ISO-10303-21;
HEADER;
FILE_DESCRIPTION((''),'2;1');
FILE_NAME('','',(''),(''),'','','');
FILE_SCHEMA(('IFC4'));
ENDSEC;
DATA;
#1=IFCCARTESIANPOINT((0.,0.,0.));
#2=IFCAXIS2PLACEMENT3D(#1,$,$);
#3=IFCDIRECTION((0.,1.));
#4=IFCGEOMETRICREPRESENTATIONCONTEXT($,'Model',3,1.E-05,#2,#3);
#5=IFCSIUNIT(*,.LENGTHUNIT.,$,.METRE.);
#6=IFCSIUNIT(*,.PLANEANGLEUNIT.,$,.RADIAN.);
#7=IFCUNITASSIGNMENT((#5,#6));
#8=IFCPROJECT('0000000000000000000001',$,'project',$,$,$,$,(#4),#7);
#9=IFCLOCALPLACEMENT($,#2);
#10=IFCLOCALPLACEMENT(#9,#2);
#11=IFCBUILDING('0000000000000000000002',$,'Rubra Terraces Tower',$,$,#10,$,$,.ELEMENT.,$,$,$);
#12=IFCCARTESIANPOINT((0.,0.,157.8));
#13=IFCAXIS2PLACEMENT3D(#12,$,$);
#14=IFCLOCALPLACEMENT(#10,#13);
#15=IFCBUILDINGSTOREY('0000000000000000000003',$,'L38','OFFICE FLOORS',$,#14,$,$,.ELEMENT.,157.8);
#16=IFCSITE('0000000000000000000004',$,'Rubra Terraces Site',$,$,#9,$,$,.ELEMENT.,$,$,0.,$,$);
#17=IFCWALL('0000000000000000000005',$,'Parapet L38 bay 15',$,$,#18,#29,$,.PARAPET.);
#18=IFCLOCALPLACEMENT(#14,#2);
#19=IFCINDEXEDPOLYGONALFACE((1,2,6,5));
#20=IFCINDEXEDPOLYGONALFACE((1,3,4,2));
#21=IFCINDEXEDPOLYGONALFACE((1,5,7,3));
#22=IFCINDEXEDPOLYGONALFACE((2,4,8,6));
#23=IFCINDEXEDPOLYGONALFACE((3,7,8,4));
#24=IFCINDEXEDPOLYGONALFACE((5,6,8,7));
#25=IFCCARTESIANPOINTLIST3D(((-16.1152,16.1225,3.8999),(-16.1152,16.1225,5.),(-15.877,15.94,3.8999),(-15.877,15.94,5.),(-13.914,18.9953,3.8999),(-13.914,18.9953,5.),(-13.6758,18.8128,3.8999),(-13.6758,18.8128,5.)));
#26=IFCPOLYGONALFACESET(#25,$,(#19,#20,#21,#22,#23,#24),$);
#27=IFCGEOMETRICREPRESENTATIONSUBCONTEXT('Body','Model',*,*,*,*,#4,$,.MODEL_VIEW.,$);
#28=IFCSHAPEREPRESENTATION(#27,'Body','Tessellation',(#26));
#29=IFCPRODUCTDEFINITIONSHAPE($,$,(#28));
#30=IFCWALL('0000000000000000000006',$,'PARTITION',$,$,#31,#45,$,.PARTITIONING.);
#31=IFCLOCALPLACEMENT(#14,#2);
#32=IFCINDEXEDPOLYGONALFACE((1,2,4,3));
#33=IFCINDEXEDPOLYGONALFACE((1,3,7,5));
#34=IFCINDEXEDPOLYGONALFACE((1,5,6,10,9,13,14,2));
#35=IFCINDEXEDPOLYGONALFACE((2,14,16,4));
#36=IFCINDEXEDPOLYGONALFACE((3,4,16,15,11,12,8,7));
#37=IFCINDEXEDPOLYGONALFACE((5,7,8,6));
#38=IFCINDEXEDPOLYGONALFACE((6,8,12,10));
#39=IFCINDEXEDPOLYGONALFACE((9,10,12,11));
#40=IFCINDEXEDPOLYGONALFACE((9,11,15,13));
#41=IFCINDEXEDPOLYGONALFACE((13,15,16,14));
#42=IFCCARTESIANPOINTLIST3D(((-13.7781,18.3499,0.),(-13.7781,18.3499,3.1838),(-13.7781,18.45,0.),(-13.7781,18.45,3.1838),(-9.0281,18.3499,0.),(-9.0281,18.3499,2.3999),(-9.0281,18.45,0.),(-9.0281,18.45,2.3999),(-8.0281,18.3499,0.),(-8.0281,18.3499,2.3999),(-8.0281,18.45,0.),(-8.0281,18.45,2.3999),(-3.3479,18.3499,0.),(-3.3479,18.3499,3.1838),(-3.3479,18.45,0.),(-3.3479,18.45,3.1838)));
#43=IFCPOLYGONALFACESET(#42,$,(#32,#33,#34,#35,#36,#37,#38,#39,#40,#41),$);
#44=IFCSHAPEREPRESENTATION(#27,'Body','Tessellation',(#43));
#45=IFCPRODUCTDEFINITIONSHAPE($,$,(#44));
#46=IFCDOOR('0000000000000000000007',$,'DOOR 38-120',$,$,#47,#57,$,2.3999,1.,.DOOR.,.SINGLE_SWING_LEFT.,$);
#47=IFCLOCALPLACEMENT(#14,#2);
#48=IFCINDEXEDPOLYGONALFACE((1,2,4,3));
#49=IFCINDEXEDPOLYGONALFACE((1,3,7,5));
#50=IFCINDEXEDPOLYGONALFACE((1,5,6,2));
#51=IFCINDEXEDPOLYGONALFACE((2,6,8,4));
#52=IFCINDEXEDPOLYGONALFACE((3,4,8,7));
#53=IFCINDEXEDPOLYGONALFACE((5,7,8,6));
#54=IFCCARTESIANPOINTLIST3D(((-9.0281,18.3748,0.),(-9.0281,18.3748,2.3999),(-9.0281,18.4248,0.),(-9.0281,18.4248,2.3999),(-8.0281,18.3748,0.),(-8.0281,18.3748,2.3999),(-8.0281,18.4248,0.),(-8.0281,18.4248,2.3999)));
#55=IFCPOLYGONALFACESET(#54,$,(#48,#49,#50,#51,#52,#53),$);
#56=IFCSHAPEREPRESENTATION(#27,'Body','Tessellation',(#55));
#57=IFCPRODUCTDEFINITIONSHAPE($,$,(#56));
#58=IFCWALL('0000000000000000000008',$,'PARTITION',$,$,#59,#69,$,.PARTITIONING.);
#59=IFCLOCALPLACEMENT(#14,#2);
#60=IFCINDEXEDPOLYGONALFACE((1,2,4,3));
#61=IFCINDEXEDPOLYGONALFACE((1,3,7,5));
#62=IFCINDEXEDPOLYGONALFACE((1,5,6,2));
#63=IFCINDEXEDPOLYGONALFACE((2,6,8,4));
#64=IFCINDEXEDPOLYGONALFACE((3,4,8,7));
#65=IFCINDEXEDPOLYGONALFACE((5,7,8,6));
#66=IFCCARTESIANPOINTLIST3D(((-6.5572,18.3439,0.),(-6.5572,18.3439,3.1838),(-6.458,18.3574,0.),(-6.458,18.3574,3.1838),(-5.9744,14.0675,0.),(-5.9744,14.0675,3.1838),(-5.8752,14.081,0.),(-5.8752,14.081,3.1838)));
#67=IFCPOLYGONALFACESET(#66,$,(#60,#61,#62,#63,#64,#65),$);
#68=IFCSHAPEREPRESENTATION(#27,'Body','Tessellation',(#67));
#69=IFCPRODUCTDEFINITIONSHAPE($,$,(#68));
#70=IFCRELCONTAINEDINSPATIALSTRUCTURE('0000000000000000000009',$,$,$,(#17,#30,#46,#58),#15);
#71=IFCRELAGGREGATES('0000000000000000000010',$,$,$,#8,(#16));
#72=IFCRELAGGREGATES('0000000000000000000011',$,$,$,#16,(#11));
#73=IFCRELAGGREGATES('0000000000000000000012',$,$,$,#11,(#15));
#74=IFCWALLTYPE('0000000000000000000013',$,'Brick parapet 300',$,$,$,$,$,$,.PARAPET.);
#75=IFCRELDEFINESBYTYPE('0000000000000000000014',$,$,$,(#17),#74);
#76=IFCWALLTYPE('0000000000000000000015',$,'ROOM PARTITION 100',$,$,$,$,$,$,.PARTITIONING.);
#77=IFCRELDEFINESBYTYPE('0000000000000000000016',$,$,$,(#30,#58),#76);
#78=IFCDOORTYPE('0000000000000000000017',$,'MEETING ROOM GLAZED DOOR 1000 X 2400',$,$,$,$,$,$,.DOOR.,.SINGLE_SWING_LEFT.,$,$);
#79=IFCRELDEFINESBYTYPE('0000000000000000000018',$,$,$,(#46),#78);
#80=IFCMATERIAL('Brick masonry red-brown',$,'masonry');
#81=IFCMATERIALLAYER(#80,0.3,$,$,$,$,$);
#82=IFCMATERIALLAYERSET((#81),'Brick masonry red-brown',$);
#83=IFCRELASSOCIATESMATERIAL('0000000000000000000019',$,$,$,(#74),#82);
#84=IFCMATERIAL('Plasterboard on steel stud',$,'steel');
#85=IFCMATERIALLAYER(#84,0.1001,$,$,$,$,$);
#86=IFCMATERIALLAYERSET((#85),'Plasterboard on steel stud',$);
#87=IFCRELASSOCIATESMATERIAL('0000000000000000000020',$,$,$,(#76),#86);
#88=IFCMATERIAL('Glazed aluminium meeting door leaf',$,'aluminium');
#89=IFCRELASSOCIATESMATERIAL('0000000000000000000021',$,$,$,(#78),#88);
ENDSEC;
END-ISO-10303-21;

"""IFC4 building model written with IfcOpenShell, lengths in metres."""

from ifc_helpers import new_model, si_unit, direction, frame, frame_2d, origin, place, context, subcontext, project, spatial, rectangle, extrude, material, layer, layer_set, type_object, element, fill, save


model = new_model("IFC4")

# Units and contexts
model_context = context("Model", 3, precision=1e-05, world=origin(), true_north=direction((0.0, 1.0)))
body_context = subcontext(model_context, "Body", "Model", "MODEL_VIEW")
ifc_project = project(units=[si_unit("LENGTHUNIT", "METRE"), si_unit("PLANEANGLEUNIT", "RADIAN")], contexts=[model_context])

# Site, building, storey
site_placement = place(None, origin())
site = spatial("IfcSite", under=ifc_project, at=site_placement, Name="Rubra Terraces Site", CompositionType="ELEMENT", RefElevation=0.0)
building_placement = place(site_placement, origin())
building = spatial("IfcBuilding", under=site, at=building_placement, Name="Rubra Terraces Tower", CompositionType="ELEMENT")
storey_placement = place(building_placement, frame((0.0, 0.0, 157.8)))
storey = spatial("IfcBuildingStorey", under=building, at=storey_placement, Name="L38", Description="OFFICE FLOORS", CompositionType="ELEMENT", Elevation=157.8)

# Shared definitions
ifc_material_1 = material(Name="Brick masonry red-brown", Category="masonry")

# Wall
ifc_layer_1 = layer(ifc_material_1, 0.3)
ifc_layer_set_1 = layer_set([ifc_layer_1], Name="Brick masonry red-brown")
wall_type_1 = type_object("IfcWallType", Name="Brick parapet 300", PredefinedType="PARAPET", material=ifc_layer_set_1)
wall_1_placement = place(storey_placement, frame((-13.7949, 18.9041, 3.8999), z_axis=(0.0, 0.0, 1.0), x_axis=(-0.608204, -0.793781, 0.0)))
element("IfcWall", 1, at=wall_1_placement, inside=storey, type_object=wall_type_1, Name="Parapet L38 bay 15", PredefinedType="PARAPET", context=body_context, shape_type="SweptSolid", body=[
    extrude(rectangle(XDim=3.6191, YDim=0.3, at=frame_2d((1.8096, 0.0))), origin(), (0.0, 0.0, 1.0), 1.1001),
])

# Wall, opening, door
ifc_material_2 = material(Name="Plasterboard on steel stud", Category="steel")
ifc_layer_2 = layer(ifc_material_2, 0.1001)
ifc_layer_set_2 = layer_set([ifc_layer_2], Name="Plasterboard on steel stud")
wall_type_2 = type_object("IfcWallType", Name="ROOM PARTITION 100", PredefinedType="PARTITIONING", material=ifc_layer_set_2)
wall_2_placement = place(storey_placement, frame((-13.7781, 18.3999, 0.0), z_axis=(0.0, 0.0, 1.0), x_axis=(1.0, 0.0, 0.0)))
wall_2 = element("IfcWall", 2, at=wall_2_placement, inside=storey, type_object=wall_type_2, Name="PARTITION", PredefinedType="PARTITIONING", context=body_context, shape_type="SweptSolid", body=[
    extrude(rectangle(XDim=10.4302, YDim=0.1001, at=frame_2d((5.2151, 0.0))), origin(), (0.0, 0.0, 1.0), 3.1838),
])
opening_1_placement = place(wall_2_placement, frame((4.75, 0.0, 0.0)))
opening_1 = element("IfcOpeningElement", 3, at=opening_1_placement, cuts=wall_2, PredefinedType="OPENING", context=body_context, shape_type="SweptSolid", body=[
    extrude(rectangle(XDim=1.0, YDim=2.3999, at=frame_2d((0.5, 1.2))), frame((0.0, 0.0601, 0.0), z_axis=(0.0, -1.0, 0.0), x_axis=(1.0, 0.0, 0.0)), (0.0, 0.0, 1.0), 0.1201),
])
ifc_material_3 = material(Name="Glazed aluminium meeting door leaf", Category="aluminium")
door_type = type_object("IfcDoorType", Name="MEETING ROOM GLAZED DOOR 1000 X 2400", OperationType="SINGLE_SWING_LEFT", PredefinedType="DOOR", material=ifc_material_3)
door_placement = place(opening_1_placement, origin())
door = element("IfcDoor", 4, at=door_placement, inside=storey, type_object=door_type, Name="DOOR 38-120", OperationType="SINGLE_SWING_LEFT", OverallHeight=2.3999, OverallWidth=1.0, PredefinedType="DOOR", context=body_context, shape_type="SweptSolid", body=[
    extrude(rectangle(XDim=1.0, YDim=2.3999, at=frame_2d((0.5, 1.2))), frame((0.0, 0.0249, 0.0), z_axis=(0.0, -1.0, 0.0), x_axis=(1.0, 0.0, 0.0)), (0.0, 0.0, 1.0), 0.05),
])
fill(opening_1, door)

# Wall
wall_3_placement = place(storey_placement, frame((-5.9248, 14.0742, 0.0), z_axis=(0.0, 0.0, 1.0), x_axis=(-0.135027, 0.990842, 0.0)))
element("IfcWall", 5, at=wall_3_placement, inside=storey, type_object=wall_type_2, Name="PARTITION", PredefinedType="PARTITIONING", context=body_context, shape_type="SweptSolid", body=[
    extrude(rectangle(XDim=4.3159, YDim=0.1001, at=frame_2d((2.158, 0.0))), origin(), (0.0, 0.0, 1.0), 3.1838),
])

save(model, "model.ifc")
